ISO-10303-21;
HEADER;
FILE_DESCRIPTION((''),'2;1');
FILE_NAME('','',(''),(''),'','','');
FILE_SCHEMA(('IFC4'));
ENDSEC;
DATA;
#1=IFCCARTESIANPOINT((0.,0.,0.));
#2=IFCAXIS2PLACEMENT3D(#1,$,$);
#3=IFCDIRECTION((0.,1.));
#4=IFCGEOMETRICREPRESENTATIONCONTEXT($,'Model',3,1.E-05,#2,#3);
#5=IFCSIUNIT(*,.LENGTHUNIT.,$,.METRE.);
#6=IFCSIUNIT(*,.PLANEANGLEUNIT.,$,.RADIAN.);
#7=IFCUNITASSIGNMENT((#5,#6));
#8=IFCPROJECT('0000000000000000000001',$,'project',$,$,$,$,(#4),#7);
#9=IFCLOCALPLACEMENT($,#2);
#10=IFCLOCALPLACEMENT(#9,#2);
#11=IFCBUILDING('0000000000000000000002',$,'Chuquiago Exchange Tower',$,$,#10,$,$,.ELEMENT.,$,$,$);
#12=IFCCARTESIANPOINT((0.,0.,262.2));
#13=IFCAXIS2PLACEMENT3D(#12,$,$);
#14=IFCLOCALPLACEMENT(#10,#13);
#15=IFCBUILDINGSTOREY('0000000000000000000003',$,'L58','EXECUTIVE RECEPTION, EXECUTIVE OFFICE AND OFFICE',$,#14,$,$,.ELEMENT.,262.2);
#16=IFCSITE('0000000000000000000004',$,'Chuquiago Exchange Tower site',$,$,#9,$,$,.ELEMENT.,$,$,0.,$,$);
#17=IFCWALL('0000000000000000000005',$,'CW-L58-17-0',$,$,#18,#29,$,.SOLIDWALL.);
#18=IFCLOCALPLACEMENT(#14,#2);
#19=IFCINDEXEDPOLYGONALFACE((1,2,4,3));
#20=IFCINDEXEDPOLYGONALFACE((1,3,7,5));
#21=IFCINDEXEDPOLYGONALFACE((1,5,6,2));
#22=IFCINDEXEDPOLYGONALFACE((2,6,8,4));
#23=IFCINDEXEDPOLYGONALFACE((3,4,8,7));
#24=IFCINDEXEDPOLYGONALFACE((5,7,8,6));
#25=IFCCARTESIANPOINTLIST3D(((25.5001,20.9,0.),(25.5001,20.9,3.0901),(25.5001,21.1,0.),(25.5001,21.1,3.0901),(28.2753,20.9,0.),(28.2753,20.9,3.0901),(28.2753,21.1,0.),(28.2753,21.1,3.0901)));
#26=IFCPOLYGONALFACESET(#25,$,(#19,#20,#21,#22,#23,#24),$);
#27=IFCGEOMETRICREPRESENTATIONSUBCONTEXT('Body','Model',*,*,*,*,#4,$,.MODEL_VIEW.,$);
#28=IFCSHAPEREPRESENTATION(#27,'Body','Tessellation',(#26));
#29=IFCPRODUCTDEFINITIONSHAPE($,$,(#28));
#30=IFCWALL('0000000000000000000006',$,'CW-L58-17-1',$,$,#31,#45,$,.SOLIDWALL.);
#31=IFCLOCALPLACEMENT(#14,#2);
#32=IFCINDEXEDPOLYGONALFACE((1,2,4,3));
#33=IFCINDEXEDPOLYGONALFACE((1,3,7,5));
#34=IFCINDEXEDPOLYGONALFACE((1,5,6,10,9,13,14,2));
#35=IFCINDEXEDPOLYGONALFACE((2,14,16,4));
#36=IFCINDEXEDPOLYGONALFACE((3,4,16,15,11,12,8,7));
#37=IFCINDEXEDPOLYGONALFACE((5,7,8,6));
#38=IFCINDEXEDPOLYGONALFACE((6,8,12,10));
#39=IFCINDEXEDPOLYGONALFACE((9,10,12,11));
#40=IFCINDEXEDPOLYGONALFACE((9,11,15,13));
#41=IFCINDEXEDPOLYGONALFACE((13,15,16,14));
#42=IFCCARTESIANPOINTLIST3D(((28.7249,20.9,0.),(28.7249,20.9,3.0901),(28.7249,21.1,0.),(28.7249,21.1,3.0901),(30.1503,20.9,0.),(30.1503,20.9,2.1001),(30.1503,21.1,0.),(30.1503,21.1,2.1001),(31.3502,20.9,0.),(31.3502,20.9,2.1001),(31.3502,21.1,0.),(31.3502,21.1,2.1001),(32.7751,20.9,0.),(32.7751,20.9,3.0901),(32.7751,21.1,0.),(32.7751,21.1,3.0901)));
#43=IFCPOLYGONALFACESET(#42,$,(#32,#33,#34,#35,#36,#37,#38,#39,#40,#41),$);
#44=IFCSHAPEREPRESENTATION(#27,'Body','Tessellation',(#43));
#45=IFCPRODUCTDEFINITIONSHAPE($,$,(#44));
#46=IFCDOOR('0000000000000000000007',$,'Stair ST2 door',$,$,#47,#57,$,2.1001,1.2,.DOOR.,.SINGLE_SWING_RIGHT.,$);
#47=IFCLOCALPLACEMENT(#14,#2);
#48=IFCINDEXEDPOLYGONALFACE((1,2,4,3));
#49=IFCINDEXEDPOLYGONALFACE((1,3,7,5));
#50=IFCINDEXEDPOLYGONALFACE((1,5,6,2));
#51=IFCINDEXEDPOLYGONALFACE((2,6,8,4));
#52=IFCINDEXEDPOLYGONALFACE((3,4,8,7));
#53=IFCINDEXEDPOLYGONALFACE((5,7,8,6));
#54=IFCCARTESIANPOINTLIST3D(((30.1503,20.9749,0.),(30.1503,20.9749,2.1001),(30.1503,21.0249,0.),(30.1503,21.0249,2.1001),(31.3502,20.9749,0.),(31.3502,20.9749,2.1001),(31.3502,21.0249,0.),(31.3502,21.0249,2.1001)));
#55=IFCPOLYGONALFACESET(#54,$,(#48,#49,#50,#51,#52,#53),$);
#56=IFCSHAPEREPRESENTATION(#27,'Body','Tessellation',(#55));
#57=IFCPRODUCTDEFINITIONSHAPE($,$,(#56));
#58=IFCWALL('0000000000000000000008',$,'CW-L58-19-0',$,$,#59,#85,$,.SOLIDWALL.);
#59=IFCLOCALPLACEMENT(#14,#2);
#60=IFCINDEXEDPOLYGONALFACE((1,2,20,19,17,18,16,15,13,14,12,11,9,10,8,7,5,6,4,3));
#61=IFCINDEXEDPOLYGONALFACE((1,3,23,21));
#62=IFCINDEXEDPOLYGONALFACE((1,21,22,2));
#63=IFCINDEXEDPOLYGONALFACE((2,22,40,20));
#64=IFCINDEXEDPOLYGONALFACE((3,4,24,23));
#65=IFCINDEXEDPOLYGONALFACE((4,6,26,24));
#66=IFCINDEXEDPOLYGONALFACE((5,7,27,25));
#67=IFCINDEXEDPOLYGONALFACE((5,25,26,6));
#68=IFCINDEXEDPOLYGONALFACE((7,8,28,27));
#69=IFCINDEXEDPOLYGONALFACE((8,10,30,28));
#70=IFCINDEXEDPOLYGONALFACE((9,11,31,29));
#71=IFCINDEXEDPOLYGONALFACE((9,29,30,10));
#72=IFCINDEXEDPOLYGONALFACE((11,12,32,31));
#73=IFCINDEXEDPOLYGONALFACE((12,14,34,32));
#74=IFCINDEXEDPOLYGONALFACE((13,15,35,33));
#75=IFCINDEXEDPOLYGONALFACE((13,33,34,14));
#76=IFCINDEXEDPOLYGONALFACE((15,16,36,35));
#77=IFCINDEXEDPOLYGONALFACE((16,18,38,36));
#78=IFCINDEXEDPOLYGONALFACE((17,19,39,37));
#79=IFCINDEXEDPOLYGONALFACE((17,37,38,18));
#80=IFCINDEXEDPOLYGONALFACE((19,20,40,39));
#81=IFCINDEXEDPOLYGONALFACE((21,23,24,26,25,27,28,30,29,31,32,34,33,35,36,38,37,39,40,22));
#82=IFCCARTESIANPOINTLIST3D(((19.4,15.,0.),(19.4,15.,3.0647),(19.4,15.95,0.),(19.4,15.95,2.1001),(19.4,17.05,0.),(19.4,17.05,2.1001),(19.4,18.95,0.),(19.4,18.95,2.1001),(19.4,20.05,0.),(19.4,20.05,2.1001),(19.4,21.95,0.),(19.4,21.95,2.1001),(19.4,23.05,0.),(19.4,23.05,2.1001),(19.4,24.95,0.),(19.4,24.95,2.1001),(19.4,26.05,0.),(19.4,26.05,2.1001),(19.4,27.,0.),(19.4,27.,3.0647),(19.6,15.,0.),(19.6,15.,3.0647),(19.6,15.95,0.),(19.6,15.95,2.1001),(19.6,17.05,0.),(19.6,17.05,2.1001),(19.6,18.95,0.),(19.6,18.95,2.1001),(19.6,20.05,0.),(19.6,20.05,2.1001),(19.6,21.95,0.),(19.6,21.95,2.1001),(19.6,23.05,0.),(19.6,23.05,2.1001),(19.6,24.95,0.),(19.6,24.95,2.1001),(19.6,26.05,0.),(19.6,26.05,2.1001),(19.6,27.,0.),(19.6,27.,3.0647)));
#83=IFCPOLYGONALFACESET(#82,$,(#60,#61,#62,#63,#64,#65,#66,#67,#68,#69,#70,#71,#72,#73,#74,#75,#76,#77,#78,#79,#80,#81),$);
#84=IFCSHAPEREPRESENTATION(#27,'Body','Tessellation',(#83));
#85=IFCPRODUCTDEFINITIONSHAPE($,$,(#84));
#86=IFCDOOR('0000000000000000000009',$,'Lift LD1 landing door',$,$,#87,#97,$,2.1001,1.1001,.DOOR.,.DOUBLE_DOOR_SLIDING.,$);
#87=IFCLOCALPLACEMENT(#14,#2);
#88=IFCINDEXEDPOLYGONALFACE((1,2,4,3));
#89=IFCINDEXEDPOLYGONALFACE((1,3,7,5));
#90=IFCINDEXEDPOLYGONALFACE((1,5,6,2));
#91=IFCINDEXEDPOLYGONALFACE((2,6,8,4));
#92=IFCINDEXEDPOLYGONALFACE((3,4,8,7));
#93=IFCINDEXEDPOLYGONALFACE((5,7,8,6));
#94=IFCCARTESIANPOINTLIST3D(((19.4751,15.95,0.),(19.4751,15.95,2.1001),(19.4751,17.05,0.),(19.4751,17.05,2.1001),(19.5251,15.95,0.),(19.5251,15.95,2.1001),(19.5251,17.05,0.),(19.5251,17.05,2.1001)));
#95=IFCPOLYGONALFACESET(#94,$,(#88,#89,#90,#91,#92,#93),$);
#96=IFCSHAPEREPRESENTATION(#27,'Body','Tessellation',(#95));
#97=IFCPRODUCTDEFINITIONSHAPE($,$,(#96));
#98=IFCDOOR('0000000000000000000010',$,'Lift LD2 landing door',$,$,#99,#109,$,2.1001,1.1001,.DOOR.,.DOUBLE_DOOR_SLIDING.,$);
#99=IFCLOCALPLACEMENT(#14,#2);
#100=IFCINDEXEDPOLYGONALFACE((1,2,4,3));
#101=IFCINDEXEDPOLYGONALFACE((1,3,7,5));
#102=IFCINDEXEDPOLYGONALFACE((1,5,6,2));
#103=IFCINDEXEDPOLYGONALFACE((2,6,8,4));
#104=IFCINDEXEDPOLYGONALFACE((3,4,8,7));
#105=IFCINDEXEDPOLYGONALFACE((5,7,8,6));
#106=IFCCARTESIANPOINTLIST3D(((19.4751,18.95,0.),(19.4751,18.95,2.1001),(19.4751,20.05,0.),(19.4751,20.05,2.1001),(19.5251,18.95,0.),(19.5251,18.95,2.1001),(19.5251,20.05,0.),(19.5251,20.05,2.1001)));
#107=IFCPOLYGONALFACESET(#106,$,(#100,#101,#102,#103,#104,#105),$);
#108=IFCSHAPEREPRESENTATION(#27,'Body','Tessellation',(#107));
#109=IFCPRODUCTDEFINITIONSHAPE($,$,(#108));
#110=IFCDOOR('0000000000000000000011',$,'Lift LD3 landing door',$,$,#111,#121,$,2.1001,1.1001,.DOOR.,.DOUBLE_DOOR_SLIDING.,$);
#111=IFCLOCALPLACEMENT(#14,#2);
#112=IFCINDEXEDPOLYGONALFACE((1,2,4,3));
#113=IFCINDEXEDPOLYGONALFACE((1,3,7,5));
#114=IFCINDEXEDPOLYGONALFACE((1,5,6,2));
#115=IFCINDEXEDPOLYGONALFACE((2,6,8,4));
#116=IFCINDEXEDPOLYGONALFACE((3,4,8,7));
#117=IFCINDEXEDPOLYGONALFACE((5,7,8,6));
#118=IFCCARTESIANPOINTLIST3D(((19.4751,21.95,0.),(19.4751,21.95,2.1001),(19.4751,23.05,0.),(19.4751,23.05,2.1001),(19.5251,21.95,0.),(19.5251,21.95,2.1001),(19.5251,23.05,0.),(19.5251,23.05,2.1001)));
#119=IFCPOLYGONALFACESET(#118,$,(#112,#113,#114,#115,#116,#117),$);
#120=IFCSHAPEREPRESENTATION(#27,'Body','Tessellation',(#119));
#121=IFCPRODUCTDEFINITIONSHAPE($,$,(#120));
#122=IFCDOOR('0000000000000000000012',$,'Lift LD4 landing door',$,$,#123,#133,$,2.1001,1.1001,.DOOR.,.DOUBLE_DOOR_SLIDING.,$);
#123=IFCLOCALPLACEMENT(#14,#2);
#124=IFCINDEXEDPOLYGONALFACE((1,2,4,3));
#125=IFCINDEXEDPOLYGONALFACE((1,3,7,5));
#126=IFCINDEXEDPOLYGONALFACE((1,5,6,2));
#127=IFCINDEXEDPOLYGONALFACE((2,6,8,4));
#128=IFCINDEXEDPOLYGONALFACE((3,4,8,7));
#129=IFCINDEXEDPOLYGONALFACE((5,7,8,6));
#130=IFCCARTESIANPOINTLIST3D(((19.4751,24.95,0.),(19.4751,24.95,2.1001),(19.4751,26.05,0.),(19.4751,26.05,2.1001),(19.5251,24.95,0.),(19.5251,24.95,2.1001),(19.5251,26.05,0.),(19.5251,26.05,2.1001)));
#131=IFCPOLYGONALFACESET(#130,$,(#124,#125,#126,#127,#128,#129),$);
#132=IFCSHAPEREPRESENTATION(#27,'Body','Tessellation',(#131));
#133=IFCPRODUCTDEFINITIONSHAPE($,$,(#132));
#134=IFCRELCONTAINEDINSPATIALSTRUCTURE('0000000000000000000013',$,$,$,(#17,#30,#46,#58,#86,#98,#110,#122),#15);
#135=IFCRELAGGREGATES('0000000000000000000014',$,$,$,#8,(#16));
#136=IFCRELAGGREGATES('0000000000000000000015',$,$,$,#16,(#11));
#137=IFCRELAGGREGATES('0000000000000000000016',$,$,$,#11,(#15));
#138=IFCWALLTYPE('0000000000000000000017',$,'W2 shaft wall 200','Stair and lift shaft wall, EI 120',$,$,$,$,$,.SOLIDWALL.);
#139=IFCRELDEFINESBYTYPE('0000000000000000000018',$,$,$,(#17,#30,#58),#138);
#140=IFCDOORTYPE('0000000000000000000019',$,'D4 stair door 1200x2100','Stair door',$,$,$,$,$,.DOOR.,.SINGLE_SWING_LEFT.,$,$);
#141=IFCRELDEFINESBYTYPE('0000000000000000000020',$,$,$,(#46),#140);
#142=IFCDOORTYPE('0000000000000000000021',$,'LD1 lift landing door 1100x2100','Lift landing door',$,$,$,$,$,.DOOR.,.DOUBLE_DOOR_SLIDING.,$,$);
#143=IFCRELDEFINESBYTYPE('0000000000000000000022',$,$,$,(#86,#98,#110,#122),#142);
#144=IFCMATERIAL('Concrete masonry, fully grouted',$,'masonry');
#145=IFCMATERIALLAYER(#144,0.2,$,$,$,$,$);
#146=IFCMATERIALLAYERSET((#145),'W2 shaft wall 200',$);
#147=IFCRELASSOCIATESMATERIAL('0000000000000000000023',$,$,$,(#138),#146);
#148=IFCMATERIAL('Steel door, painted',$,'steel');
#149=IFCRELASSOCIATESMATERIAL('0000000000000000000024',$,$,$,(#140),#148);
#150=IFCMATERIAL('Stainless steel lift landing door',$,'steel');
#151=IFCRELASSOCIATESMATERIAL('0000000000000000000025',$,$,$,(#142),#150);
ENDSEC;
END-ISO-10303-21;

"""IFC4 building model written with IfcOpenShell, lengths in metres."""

from ifc_helpers import new_model, si_unit, direction, frame, frame_2d, origin, place, context, subcontext, project, spatial, rectangle, extrude, material, layer, layer_set, type_object, element, fill, save


model = new_model("IFC4")

# Units and contexts
model_context = context("Model", 3, precision=1e-05, world=origin(), true_north=direction((0.0, 1.0)))
body_context = subcontext(model_context, "Body", "Model", "MODEL_VIEW")
ifc_project = project(units=[si_unit("LENGTHUNIT", "METRE"), si_unit("PLANEANGLEUNIT", "RADIAN")], contexts=[model_context])

# Site, building, storey
site_placement = place(None, origin())
site = spatial("IfcSite", under=ifc_project, at=site_placement, Name="Chuquiago Exchange Tower site", CompositionType="ELEMENT", RefElevation=0.0)
building_placement = place(site_placement, origin())
building = spatial("IfcBuilding", under=site, at=building_placement, Name="Chuquiago Exchange Tower", CompositionType="ELEMENT")
storey_placement = place(building_placement, frame((0.0, 0.0, 262.2)))
storey = spatial("IfcBuildingStorey", under=building, at=storey_placement, Name="L58", Description="EXECUTIVE RECEPTION, EXECUTIVE OFFICE AND OFFICE", CompositionType="ELEMENT", Elevation=262.2)

# Shared definitions
ifc_material_1 = material(Name="Concrete masonry, fully grouted", Category="masonry")
ifc_layer_1 = layer(ifc_material_1, 0.2)
ifc_layer_set_1 = layer_set([ifc_layer_1], Name="W2 shaft wall 200")
wall_type_1 = type_object("IfcWallType", Name="W2 shaft wall 200", Description="Stair and lift shaft wall, EI 120", PredefinedType="SOLIDWALL", material=ifc_layer_set_1)

# Wall
wall_1_placement = place(storey_placement, frame((25.5, 21.0, 0.0), z_axis=(0.0, 0.0, 1.0), x_axis=(1.0, 0.0, 0.0)))
element("IfcWall", 1, at=wall_1_placement, inside=storey, type_object=wall_type_1, Name="CW-L58-17-0", PredefinedType="SOLIDWALL", context=body_context, shape_type="SweptSolid", body=[
    extrude(rectangle(XDim=2.7751, YDim=0.2, at=frame_2d((1.3877, 0.0))), origin(), (0.0, 0.0, 1.0), 3.0901),
])

# Wall, opening, door
wall_2_placement = place(storey_placement, frame((28.7249, 21.0, 0.0), z_axis=(0.0, 0.0, 1.0), x_axis=(1.0, 0.0, 0.0)))
wall_2 = element("IfcWall", 2, at=wall_2_placement, inside=storey, type_object=wall_type_1, Name="CW-L58-17-1", PredefinedType="SOLIDWALL", context=body_context, shape_type="SweptSolid", body=[
    extrude(rectangle(XDim=4.0503, YDim=0.2, at=frame_2d((2.0251, 0.0))), origin(), (0.0, 0.0, 1.0), 3.0901),
])
opening_1_placement = place(wall_2_placement, frame((1.4253, 0.0, 0.0)))
opening_1 = element("IfcOpeningElement", 3, at=opening_1_placement, cuts=wall_2, PredefinedType="OPENING", context=body_context, shape_type="SweptSolid", body=[
    extrude(rectangle(XDim=1.2, YDim=2.1001, at=frame_2d((0.6001, 1.05))), frame((0.0, 0.1099, 0.0), z_axis=(0.0, -1.0, 0.0), x_axis=(1.0, 0.0, 0.0)), (0.0, 0.0, 1.0), 0.22),
])
ifc_material_2 = material(Name="Steel door, painted", Category="steel")
door_type_1 = type_object("IfcDoorType", Name="D4 stair door 1200x2100", Description="Stair door", OperationType="SINGLE_SWING_LEFT", PredefinedType="DOOR", material=ifc_material_2)
door_1_placement = place(opening_1_placement, origin())
door_1 = element("IfcDoor", 4, at=door_1_placement, inside=storey, type_object=door_type_1, Name="Stair ST2 door", OperationType="SINGLE_SWING_RIGHT", OverallHeight=2.1001, OverallWidth=1.2, PredefinedType="DOOR", context=body_context, shape_type="SweptSolid", body=[
    extrude(rectangle(XDim=1.2, YDim=2.1001, at=frame_2d((0.6001, 1.05))), frame((0.0, 0.0249, 0.0), z_axis=(0.0, -1.0, 0.0), x_axis=(1.0, 0.0, 0.0)), (0.0, 0.0, 1.0), 0.05),
])
fill(opening_1, door_1)

# Wall, openings, doors
wall_3_placement = place(storey_placement, frame((19.5, 15.0, 0.0), z_axis=(0.0, 0.0, 1.0), x_axis=(0.0, 1.0, 0.0)))
wall_3 = element("IfcWall", 5, at=wall_3_placement, inside=storey, type_object=wall_type_1, Name="CW-L58-19-0", PredefinedType="SOLIDWALL", context=body_context, shape_type="SweptSolid", body=[
    extrude(rectangle(XDim=12.0, YDim=0.2, at=frame_2d((6.0, 0.0))), origin(), (0.0, 0.0, 1.0), 3.0647),
])
opening_2_placement = place(wall_3_placement, frame((0.95, 0.0, 0.0)))
opening_2 = element("IfcOpeningElement", 6, at=opening_2_placement, cuts=wall_3, PredefinedType="OPENING", context=body_context, shape_type="SweptSolid", body=[
    extrude(rectangle(XDim=1.1001, YDim=2.1001, at=frame_2d((0.55, 1.05))), frame((0.0, 0.1099, 0.0), z_axis=(0.0, -1.0, 0.0), x_axis=(1.0, 0.0, 0.0)), (0.0, 0.0, 1.0), 0.22),
])
opening_3_placement = place(wall_3_placement, frame((3.95, 0.0, 0.0)))
opening_3 = element("IfcOpeningElement", 7, at=opening_3_placement, cuts=wall_3, PredefinedType="OPENING", context=body_context, shape_type="SweptSolid", body=[
    extrude(rectangle(XDim=1.1001, YDim=2.1001, at=frame_2d((0.55, 1.05))), frame((0.0, 0.1099, 0.0), z_axis=(0.0, -1.0, 0.0), x_axis=(1.0, 0.0, 0.0)), (0.0, 0.0, 1.0), 0.22),
])
opening_4_placement = place(wall_3_placement, frame((6.95, 0.0, 0.0)))
opening_4 = element("IfcOpeningElement", 8, at=opening_4_placement, cuts=wall_3, PredefinedType="OPENING", context=body_context, shape_type="SweptSolid", body=[
    extrude(rectangle(XDim=1.1001, YDim=2.1001, at=frame_2d((0.55, 1.05))), frame((0.0, 0.1099, 0.0), z_axis=(0.0, -1.0, 0.0), x_axis=(1.0, 0.0, 0.0)), (0.0, 0.0, 1.0), 0.22),
])
opening_5_placement = place(wall_3_placement, frame((9.95, 0.0, 0.0)))
opening_5 = element("IfcOpeningElement", 9, at=opening_5_placement, cuts=wall_3, PredefinedType="OPENING", context=body_context, shape_type="SweptSolid", body=[
    extrude(rectangle(XDim=1.1001, YDim=2.1001, at=frame_2d((0.55, 1.05))), frame((0.0, 0.1099, 0.0), z_axis=(0.0, -1.0, 0.0), x_axis=(1.0, 0.0, 0.0)), (0.0, 0.0, 1.0), 0.22),
])
ifc_material_3 = material(Name="Stainless steel lift landing door", Category="steel")
door_type_2 = type_object("IfcDoorType", Name="LD1 lift landing door 1100x2100", Description="Lift landing door", OperationType="DOUBLE_DOOR_SLIDING", PredefinedType="DOOR", material=ifc_material_3)
door_2_placement = place(opening_2_placement, origin())
door_2 = element("IfcDoor", 10, at=door_2_placement, inside=storey, type_object=door_type_2, Name="Lift LD1 landing door", OperationType="DOUBLE_DOOR_SLIDING", OverallHeight=2.1001, OverallWidth=1.1001, PredefinedType="DOOR", context=body_context, shape_type="SweptSolid", body=[
    extrude(rectangle(XDim=1.1001, YDim=2.1001, at=frame_2d((0.55, 1.05))), frame((0.0, 0.0249, 0.0), z_axis=(0.0, -1.0, 0.0), x_axis=(1.0, 0.0, 0.0)), (0.0, 0.0, 1.0), 0.05),
])
fill(opening_2, door_2)
door_3_placement = place(opening_3_placement, origin())
door_3 = element("IfcDoor", 11, at=door_3_placement, inside=storey, type_object=door_type_2, Name="Lift LD2 landing door", OperationType="DOUBLE_DOOR_SLIDING", OverallHeight=2.1001, OverallWidth=1.1001, PredefinedType="DOOR", context=body_context, shape_type="SweptSolid", body=[
    extrude(rectangle(XDim=1.1001, YDim=2.1001, at=frame_2d((0.55, 1.05))), frame((0.0, 0.0249, 0.0), z_axis=(0.0, -1.0, 0.0), x_axis=(1.0, 0.0, 0.0)), (0.0, 0.0, 1.0), 0.05),
])
fill(opening_3, door_3)
door_4_placement = place(opening_4_placement, origin())
door_4 = element("IfcDoor", 12, at=door_4_placement, inside=storey, type_object=door_type_2, Name="Lift LD3 landing door", OperationType="DOUBLE_DOOR_SLIDING", OverallHeight=2.1001, OverallWidth=1.1001, PredefinedType="DOOR", context=body_context, shape_type="SweptSolid", body=[
    extrude(rectangle(XDim=1.1001, YDim=2.1001, at=frame_2d((0.55, 1.05))), frame((0.0, 0.0249, 0.0), z_axis=(0.0, -1.0, 0.0), x_axis=(1.0, 0.0, 0.0)), (0.0, 0.0, 1.0), 0.05),
])
fill(opening_4, door_4)
door_5_placement = place(opening_5_placement, origin())
door_5 = element("IfcDoor", 13, at=door_5_placement, inside=storey, type_object=door_type_2, Name="Lift LD4 landing door", OperationType="DOUBLE_DOOR_SLIDING", OverallHeight=2.1001, OverallWidth=1.1001, PredefinedType="DOOR", context=body_context, shape_type="SweptSolid", body=[
    extrude(rectangle(XDim=1.1001, YDim=2.1001, at=frame_2d((0.55, 1.05))), frame((0.0, 0.0249, 0.0), z_axis=(0.0, -1.0, 0.0), x_axis=(1.0, 0.0, 0.0)), (0.0, 0.0, 1.0), 0.05),
])
fill(opening_5, door_5)

save(model, "model.ifc")
